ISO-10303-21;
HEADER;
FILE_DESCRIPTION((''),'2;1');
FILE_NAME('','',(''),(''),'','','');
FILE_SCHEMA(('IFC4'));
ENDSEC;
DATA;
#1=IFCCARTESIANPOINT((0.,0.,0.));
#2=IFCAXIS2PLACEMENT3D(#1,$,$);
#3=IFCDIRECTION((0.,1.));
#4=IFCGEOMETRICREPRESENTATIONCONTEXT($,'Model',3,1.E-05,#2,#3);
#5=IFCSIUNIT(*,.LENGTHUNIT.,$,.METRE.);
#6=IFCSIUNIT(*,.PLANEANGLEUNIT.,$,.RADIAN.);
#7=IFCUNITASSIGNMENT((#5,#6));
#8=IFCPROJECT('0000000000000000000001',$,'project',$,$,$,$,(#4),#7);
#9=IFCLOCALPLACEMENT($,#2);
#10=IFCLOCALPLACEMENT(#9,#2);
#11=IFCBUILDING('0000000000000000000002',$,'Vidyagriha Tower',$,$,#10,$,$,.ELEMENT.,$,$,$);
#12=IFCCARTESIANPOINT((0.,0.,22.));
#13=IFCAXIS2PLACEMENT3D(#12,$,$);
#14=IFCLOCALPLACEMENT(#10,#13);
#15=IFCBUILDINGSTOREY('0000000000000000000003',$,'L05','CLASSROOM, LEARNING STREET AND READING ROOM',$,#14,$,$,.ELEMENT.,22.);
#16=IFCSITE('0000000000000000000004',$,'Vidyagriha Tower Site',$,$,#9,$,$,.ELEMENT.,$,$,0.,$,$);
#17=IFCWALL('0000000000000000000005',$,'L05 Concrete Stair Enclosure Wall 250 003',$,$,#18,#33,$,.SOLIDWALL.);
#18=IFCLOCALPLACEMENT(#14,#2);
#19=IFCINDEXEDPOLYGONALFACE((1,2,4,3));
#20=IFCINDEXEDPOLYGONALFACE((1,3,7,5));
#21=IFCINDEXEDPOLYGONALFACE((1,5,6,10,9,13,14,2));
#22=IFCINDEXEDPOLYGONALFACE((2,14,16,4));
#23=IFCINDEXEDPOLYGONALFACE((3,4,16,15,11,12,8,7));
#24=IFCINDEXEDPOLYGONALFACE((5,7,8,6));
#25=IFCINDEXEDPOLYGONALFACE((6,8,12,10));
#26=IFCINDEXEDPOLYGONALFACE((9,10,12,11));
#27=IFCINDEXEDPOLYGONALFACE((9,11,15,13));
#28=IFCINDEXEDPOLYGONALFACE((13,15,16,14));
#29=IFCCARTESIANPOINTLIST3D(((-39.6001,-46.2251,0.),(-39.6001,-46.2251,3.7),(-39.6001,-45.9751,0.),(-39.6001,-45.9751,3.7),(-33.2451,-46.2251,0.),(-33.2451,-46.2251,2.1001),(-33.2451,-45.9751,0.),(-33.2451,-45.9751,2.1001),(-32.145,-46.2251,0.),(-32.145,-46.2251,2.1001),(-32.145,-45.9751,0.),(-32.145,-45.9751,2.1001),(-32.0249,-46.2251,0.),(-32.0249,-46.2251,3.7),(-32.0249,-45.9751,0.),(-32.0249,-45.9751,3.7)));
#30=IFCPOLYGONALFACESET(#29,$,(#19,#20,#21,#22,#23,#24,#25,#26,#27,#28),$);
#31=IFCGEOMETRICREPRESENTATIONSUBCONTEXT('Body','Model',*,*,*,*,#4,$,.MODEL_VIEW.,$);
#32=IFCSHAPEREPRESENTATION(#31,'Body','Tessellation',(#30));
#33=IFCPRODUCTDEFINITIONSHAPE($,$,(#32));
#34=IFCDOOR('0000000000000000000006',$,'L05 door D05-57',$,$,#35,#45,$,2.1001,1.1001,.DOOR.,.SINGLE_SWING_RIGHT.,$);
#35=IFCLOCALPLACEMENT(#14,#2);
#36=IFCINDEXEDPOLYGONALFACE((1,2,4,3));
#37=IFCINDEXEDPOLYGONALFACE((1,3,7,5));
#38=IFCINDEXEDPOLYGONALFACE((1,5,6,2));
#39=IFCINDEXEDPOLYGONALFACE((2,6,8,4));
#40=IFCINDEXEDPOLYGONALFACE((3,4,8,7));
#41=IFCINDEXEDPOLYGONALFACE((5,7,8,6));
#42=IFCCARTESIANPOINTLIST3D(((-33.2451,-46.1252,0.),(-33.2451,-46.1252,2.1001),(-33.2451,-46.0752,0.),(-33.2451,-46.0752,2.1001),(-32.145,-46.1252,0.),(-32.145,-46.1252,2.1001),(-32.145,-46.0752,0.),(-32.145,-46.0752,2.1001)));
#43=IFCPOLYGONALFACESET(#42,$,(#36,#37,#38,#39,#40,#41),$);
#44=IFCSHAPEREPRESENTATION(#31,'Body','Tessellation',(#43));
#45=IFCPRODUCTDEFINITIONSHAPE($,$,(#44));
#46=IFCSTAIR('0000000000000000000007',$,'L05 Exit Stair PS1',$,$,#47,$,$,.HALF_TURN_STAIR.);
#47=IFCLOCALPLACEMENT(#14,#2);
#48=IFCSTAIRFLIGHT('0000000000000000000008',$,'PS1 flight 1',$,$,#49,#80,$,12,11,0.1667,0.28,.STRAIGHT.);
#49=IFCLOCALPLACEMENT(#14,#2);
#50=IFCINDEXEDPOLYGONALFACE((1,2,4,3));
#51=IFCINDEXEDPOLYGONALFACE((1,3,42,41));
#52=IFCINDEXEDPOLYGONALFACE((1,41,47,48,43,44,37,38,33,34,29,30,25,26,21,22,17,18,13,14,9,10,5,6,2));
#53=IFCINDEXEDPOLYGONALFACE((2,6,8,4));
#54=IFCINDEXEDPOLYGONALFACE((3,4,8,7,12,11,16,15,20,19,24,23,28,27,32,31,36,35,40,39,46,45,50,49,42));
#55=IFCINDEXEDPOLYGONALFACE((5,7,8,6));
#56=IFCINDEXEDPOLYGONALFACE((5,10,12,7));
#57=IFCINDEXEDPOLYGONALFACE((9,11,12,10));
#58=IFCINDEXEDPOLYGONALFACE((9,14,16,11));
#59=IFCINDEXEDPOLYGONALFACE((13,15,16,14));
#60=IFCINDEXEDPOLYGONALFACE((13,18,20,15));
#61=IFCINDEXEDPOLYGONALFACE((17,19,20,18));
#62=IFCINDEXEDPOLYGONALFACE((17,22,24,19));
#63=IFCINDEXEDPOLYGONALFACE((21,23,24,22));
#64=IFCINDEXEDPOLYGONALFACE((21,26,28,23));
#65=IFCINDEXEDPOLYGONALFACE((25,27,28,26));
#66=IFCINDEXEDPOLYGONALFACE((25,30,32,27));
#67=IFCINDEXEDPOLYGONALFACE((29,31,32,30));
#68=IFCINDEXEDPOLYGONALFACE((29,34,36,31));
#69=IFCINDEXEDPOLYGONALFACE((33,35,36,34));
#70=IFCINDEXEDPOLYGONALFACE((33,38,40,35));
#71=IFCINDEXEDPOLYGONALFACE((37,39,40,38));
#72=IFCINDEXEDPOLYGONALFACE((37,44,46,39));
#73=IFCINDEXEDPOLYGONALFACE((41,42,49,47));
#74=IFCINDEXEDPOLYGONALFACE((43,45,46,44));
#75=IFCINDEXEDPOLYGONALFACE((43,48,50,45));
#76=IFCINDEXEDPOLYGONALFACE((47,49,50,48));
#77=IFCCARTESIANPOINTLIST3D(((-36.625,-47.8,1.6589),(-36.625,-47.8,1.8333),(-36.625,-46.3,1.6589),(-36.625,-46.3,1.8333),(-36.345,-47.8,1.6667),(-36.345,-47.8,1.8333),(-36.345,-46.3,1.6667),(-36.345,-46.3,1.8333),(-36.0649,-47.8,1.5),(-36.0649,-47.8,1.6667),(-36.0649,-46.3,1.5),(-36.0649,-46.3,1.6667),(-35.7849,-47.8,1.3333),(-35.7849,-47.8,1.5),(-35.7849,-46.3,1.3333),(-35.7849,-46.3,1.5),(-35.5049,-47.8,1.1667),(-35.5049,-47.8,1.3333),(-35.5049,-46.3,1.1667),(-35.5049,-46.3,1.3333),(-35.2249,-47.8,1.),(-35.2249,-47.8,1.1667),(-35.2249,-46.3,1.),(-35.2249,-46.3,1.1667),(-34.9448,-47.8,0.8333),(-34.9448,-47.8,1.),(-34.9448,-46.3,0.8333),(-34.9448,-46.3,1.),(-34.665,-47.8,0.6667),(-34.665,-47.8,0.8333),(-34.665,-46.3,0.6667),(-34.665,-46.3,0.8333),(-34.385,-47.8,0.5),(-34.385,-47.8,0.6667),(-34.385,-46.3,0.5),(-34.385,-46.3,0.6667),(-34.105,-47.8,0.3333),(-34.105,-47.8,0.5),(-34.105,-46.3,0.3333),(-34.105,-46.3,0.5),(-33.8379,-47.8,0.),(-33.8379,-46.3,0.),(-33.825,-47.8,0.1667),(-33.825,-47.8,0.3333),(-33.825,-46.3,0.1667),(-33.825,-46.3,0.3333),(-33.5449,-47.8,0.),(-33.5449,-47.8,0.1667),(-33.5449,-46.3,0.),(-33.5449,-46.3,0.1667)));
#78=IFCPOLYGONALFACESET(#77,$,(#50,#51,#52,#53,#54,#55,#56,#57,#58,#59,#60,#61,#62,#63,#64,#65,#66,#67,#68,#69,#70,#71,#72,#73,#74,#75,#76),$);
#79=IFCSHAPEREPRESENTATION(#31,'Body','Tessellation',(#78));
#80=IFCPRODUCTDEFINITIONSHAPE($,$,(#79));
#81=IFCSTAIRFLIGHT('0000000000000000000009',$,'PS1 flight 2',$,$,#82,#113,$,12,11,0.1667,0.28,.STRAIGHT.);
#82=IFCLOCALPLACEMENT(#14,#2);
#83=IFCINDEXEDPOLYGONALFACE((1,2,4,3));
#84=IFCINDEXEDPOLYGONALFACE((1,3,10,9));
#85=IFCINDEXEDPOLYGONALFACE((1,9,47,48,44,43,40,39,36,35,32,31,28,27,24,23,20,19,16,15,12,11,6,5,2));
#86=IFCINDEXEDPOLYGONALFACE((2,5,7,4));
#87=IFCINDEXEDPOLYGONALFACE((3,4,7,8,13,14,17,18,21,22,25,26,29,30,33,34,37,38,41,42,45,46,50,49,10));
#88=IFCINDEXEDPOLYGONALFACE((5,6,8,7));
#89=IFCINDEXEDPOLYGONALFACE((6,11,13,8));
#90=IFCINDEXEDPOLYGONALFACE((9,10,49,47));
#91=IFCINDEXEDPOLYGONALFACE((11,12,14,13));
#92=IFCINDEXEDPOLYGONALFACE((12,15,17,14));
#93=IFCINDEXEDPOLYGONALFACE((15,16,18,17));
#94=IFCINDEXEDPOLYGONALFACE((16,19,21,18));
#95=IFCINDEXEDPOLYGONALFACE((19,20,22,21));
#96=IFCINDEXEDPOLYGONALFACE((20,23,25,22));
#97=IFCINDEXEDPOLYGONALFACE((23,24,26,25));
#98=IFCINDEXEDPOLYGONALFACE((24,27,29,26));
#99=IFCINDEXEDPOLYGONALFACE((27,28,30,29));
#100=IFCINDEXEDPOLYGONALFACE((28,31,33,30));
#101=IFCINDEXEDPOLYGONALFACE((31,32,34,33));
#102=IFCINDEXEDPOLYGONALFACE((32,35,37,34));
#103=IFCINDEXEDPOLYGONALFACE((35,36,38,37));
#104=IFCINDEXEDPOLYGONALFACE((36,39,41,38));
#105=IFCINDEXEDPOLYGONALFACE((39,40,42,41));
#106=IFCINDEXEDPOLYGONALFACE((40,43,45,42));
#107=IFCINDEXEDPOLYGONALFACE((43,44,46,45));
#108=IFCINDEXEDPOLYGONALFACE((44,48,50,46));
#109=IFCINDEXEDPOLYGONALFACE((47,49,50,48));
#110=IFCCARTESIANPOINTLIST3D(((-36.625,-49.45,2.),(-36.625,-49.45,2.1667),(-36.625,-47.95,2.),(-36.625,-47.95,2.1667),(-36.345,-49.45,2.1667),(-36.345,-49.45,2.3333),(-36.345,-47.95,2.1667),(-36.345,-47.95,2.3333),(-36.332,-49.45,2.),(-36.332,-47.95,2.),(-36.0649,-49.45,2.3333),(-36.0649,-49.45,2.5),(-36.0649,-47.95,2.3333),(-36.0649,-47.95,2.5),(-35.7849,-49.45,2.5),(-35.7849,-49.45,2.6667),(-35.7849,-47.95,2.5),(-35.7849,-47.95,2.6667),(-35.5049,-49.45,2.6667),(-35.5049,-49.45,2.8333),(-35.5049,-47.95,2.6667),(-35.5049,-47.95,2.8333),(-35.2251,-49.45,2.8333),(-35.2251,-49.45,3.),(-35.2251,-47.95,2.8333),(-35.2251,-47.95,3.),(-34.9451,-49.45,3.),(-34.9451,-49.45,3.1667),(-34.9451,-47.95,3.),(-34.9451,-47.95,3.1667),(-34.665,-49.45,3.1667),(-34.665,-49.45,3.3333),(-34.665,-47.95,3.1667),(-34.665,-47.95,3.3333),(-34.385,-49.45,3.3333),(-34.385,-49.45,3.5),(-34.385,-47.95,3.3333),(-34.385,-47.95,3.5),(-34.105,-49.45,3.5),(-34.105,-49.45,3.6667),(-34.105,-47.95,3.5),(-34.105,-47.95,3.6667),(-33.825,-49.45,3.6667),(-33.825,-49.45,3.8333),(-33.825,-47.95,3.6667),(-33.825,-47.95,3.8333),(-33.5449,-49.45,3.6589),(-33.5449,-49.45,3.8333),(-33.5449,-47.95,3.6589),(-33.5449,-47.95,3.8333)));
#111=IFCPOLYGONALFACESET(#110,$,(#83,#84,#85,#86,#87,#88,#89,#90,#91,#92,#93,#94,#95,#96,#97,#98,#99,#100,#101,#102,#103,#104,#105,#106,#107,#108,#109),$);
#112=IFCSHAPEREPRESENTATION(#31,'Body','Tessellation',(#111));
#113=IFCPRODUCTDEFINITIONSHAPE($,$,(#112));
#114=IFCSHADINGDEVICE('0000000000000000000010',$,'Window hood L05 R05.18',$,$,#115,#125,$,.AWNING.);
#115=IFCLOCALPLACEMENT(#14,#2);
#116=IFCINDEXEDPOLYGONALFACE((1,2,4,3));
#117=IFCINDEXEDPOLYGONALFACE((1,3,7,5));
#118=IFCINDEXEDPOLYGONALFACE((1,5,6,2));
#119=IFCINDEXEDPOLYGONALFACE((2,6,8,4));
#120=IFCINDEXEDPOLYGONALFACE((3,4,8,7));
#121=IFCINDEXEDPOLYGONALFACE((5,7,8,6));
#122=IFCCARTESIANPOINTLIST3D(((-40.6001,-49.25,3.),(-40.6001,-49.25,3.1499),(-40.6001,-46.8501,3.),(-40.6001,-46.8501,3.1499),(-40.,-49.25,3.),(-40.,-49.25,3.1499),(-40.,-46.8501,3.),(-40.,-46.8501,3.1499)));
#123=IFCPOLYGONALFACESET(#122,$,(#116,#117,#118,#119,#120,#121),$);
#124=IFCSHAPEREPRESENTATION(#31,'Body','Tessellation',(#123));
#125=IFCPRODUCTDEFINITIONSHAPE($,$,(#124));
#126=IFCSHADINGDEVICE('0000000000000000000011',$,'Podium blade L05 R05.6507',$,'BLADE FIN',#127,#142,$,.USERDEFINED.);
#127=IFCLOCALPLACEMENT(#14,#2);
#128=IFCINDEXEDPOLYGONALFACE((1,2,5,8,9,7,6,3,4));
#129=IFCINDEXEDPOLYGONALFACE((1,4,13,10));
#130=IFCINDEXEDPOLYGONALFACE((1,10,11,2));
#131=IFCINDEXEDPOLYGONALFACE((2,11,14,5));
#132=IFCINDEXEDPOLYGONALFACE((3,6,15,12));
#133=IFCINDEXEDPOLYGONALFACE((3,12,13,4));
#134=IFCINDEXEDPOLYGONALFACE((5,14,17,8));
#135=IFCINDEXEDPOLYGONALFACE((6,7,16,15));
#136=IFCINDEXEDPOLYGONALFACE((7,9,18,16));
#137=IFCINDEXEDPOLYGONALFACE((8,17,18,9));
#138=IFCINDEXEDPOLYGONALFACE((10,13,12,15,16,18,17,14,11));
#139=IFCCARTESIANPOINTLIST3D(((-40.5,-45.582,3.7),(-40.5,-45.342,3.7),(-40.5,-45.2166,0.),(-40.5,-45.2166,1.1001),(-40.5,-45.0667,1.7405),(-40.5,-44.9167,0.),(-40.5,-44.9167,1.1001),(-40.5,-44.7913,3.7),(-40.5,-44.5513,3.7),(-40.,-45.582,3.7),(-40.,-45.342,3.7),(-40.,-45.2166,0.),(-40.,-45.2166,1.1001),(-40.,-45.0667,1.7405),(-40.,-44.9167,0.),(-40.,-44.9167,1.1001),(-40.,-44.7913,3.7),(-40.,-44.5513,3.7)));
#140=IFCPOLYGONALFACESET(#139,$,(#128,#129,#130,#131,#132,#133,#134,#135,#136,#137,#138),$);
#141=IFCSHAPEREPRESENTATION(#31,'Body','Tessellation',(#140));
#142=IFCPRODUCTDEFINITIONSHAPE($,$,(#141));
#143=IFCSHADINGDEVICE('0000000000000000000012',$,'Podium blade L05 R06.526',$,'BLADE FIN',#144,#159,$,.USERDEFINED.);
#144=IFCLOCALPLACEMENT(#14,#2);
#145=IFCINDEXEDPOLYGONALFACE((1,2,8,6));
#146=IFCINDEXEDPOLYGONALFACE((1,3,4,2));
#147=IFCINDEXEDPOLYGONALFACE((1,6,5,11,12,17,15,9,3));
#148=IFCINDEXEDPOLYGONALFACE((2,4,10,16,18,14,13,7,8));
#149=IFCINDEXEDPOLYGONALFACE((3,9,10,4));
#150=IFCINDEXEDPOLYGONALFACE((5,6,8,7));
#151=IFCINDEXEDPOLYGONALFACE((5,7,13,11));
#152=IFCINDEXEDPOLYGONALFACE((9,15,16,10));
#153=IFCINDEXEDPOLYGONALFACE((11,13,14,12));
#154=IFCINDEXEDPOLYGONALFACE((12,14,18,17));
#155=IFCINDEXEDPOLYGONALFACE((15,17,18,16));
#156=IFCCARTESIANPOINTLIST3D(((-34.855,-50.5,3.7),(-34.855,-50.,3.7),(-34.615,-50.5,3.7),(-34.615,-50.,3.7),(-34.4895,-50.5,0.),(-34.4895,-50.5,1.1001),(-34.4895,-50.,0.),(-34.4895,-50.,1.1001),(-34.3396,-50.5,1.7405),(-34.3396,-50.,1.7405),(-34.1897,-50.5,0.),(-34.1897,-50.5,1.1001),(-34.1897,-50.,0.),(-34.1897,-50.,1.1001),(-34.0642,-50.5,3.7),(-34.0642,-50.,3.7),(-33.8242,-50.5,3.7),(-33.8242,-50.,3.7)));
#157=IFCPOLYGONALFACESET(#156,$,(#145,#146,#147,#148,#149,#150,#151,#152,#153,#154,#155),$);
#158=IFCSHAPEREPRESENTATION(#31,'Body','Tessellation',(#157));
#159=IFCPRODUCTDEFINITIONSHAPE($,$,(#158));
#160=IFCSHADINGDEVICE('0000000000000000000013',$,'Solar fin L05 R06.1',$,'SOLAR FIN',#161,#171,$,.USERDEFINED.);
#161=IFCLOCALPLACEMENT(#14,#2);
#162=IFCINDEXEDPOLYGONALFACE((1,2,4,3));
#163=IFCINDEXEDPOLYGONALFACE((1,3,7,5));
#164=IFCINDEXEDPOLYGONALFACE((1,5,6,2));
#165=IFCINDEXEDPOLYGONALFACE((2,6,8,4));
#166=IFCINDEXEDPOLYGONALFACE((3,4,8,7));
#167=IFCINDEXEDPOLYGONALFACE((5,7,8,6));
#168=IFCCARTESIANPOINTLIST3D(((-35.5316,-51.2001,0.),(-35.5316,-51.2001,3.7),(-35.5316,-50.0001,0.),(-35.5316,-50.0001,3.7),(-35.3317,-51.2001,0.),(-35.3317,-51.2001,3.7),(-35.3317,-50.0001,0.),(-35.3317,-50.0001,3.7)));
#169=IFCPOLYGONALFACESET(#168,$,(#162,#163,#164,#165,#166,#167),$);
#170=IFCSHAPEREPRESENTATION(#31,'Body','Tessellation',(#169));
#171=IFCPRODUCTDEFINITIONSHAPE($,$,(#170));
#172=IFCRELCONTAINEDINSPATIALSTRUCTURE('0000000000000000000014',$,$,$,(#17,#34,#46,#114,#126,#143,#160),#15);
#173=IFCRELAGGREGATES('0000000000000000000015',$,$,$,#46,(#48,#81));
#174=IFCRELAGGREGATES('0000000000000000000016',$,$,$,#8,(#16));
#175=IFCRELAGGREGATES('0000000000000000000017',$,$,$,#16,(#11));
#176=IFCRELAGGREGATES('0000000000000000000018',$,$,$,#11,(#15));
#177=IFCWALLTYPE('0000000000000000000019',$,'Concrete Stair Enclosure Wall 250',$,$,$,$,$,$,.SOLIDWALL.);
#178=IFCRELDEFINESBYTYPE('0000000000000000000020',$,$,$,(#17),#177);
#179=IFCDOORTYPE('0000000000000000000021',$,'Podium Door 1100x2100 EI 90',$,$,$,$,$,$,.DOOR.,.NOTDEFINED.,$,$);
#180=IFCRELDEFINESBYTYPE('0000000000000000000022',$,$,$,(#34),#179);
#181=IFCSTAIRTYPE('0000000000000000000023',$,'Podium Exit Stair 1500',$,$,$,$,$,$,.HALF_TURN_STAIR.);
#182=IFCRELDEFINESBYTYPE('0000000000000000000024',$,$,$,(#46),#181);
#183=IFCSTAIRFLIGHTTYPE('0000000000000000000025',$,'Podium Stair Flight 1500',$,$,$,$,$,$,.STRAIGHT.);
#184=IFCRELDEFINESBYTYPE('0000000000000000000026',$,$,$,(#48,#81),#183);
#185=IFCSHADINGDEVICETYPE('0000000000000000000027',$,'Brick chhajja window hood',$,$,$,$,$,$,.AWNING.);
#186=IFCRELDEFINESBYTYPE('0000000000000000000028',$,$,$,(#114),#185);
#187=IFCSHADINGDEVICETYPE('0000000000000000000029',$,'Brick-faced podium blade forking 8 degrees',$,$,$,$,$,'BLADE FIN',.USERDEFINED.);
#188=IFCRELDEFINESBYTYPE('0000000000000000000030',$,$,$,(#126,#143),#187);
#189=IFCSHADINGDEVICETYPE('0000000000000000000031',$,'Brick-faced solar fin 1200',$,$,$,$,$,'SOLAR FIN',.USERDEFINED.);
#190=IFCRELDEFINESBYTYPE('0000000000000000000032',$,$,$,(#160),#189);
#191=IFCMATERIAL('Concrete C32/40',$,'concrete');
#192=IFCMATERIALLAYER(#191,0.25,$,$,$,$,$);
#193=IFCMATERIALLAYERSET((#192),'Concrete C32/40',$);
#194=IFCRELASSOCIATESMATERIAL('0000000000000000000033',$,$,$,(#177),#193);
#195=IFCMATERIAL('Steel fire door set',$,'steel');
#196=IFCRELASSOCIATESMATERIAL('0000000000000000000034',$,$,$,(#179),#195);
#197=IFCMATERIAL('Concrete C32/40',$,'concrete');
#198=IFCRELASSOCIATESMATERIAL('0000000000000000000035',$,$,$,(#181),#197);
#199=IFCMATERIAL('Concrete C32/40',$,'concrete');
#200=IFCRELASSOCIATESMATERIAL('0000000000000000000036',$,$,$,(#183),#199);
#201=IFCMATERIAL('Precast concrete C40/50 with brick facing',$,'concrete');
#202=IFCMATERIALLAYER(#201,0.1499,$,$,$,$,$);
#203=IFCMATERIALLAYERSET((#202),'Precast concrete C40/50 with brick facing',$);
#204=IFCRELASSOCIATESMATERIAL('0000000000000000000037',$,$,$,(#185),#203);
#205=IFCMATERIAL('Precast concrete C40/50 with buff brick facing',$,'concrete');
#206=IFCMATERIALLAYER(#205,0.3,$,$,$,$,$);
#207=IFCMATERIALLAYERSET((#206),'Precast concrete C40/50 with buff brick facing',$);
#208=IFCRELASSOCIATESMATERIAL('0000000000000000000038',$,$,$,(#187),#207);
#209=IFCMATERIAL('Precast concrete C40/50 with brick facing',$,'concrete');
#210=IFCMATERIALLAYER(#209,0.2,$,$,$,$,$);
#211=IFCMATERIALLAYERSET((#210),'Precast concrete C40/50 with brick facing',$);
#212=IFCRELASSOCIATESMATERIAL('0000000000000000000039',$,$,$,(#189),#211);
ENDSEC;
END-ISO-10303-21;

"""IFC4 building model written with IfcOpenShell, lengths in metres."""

from ifc_helpers import new_model, si_unit, direction, frame, frame_2d, origin, origin_2d, place, context, subcontext, project, spatial, polyline, rectangle, outline, extrude, material, layer, layer_set, type_object, element, fill, aggregate, save


model = new_model("IFC4")

# Units and contexts
model_context = context("Model", 3, precision=1e-05, world=origin(), true_north=direction((0.0, 1.0)))
body_context = subcontext(model_context, "Body", "Model", "MODEL_VIEW")
ifc_project = project(units=[si_unit("LENGTHUNIT", "METRE"), si_unit("PLANEANGLEUNIT", "RADIAN")], contexts=[model_context])

# Site, building, storey
site_placement = place(None, origin())
site = spatial("IfcSite", under=ifc_project, at=site_placement, Name="Vidyagriha Tower Site", CompositionType="ELEMENT", RefElevation=0.0)
building_placement = place(site_placement, origin())
building = spatial("IfcBuilding", under=site, at=building_placement, Name="Vidyagriha Tower", CompositionType="ELEMENT")
storey_placement = place(building_placement, frame((0.0, 0.0, 22.0)))
storey = spatial("IfcBuildingStorey", under=building, at=storey_placement, Name="L05", Description="CLASSROOM, LEARNING STREET AND READING ROOM", CompositionType="ELEMENT", Elevation=22.0)

# Wall, opening, door
ifc_material_1 = material(Name="Concrete C32/40", Category="concrete")
ifc_layer_1 = layer(ifc_material_1, 0.25)
ifc_layer_set_1 = layer_set([ifc_layer_1], Name="Concrete C32/40")
wall_type_1 = type_object("IfcWallType", Name="Concrete Stair Enclosure Wall 250", PredefinedType="SOLIDWALL", material=ifc_layer_set_1)
wall_1_placement = place(storey_placement, frame((-39.6001, -46.1001, 0.0)))
wall_1 = element("IfcWall", 1, at=wall_1_placement, inside=storey, type_object=wall_type_1, Name="L05 Concrete Stair Enclosure Wall 250 003", PredefinedType="SOLIDWALL", context=body_context, shape_type="SweptSolid", body=[
    extrude(rectangle(XDim=7.5752, YDim=0.25, at=frame_2d((3.7876, 0.0))), origin(), (0.0, 0.0, 1.0), 3.7),
])
opening_1_placement = place(wall_1_placement, frame((6.355, 0.0, 0.0)))
opening_1 = element("IfcOpeningElement", 2, at=opening_1_placement, cuts=wall_1, PredefinedType="OPENING", context=body_context, shape_type="SweptSolid", body=[
    extrude(rectangle(XDim=1.1001, YDim=2.1001, at=frame_2d((0.55, 1.05))), frame((0.0, 0.135, 0.0), z_axis=(0.0, -1.0, 0.0), x_axis=(1.0, 0.0, 0.0)), (0.0, 0.0, 1.0), 0.27),
])
ifc_material_2 = material(Name="Steel fire door set", Category="steel")
door_type = type_object("IfcDoorType", Name="Podium Door 1100x2100 EI 90", OperationType="NOTDEFINED", PredefinedType="DOOR", material=ifc_material_2)
door_placement = place(opening_1_placement, origin())
door = element("IfcDoor", 3, at=door_placement, inside=storey, type_object=door_type, Name="L05 door D05-57", OperationType="SINGLE_SWING_RIGHT", OverallHeight=2.1001, OverallWidth=1.1001, PredefinedType="DOOR", context=body_context, shape_type="SweptSolid", body=[
    extrude(rectangle(XDim=1.1001, YDim=2.1001, at=frame_2d((0.55, 1.05))), frame((0.0, 0.0249, 0.0), z_axis=(0.0, -1.0, 0.0), x_axis=(1.0, 0.0, 0.0)), (0.0, 0.0, 1.0), 0.05),
])
fill(opening_1, door)

# Stair, stair flights
ifc_material_3 = material(Name="Concrete C32/40", Category="concrete")
stair_type = type_object("IfcStairType", Name="Podium Exit Stair 1500", PredefinedType="HALF_TURN_STAIR", material=ifc_material_3)
stair_placement = place(storey_placement, origin())
stair = element("IfcStair", 4, at=stair_placement, inside=storey, type_object=stair_type, Name="L05 Exit Stair PS1", PredefinedType="HALF_TURN_STAIR")
ifc_material_4 = material(Name="Concrete C32/40", Category="concrete")
stair_flight_type = type_object("IfcStairFlightType", Name="Podium Stair Flight 1500", PredefinedType="STRAIGHT", material=ifc_material_4)
stair_flight_1_placement = place(storey_placement, frame((-33.5449, -47.05, 0.0), z_axis=(0.0, 0.0, 1.0), x_axis=(-1.0, 0.0, 0.0)))
stair_flight_1 = element("IfcStairFlight", 5, at=stair_flight_1_placement, type_object=stair_flight_type, Name="PS1 flight 1", NumberOfRisers=12, NumberOfTreads=11, PredefinedType="STRAIGHT", RiserHeight=0.1667, TreadLength=0.28, context=body_context, shape_type="SweptSolid", body=[
    extrude(outline(polyline([(0.0, 0.0), (0.0, 0.1667), (0.28, 0.1667), (0.28, 0.3333), (0.5601, 0.3333), (0.5601, 0.5), (0.8401, 0.5), (0.8401, 0.6667), (1.1201, 0.6667), (1.1201, 0.8333), (1.3999, 0.8333), (1.3999, 1.0), (1.6799, 1.0), (1.6799, 1.1667), (1.96, 1.1667), (1.96, 1.3333), (2.24, 1.3333), (2.24, 1.5), (2.52, 1.5), (2.52, 1.6667), (2.8, 1.6667), (2.8, 1.8333), (3.0801, 1.8333), (3.0801, 2.0), (3.0801, 1.6589), (0.293, 0.0), (0.0, 0.0)])), frame((0.0, 0.75, 0.0), z_axis=(0.0, -1.0, 0.0), x_axis=(1.0, 0.0, 0.0)), (0.0, 0.0, 1.0), 1.5),
])
stair_flight_2_placement = place(storey_placement, frame((-36.625, -48.7, 2.0)))
stair_flight_2 = element("IfcStairFlight", 6, at=stair_flight_2_placement, type_object=stair_flight_type, Name="PS1 flight 2", NumberOfRisers=12, NumberOfTreads=11, PredefinedType="STRAIGHT", RiserHeight=0.1667, TreadLength=0.28, context=body_context, shape_type="SweptSolid", body=[
    extrude(outline(polyline([(0.0, 0.0), (0.0, 0.1667), (0.28, 0.1667), (0.28, 0.3333), (0.5601, 0.3333), (0.5601, 0.5), (0.8401, 0.5), (0.8401, 0.6667), (1.1201, 0.6667), (1.1201, 0.8333), (1.3999, 0.8333), (1.3999, 1.0), (1.6799, 1.0), (1.6799, 1.1667), (1.96, 1.1667), (1.96, 1.3333), (2.24, 1.3333), (2.24, 1.5), (2.52, 1.5), (2.52, 1.6667), (2.8, 1.6667), (2.8, 1.8333), (3.0801, 1.8333), (3.0801, 2.0), (3.0801, 1.6589), (0.293, 0.0), (0.0, 0.0)])), frame((0.0, 0.75, 0.0), z_axis=(0.0, -1.0, 0.0), x_axis=(1.0, 0.0, 0.0)), (0.0, 0.0, 1.0), 1.5),
])
aggregate(stair, [stair_flight_1, stair_flight_2])

# Shading devices
ifc_material_5 = material(Name="Precast concrete C40/50 with brick facing", Category="concrete")
ifc_layer_2 = layer(ifc_material_5, 0.1499)
ifc_layer_set_2 = layer_set([ifc_layer_2], Name="Precast concrete C40/50 with brick facing")
shading_device_type_1 = type_object("IfcShadingDeviceType", Name="Brick chhajja window hood", PredefinedType="AWNING", material=ifc_layer_set_2)
shading_device_1_placement = place(storey_placement, frame((-40.3, -48.05, 3.0), z_axis=(0.0, 0.0, 1.0), x_axis=(0.0, -1.0, 0.0)))
element("IfcShadingDevice", 7, at=shading_device_1_placement, inside=storey, type_object=shading_device_type_1, Name="Window hood L05 R05.18", PredefinedType="AWNING", context=body_context, shape_type="SweptSolid", body=[
    extrude(rectangle(XDim=2.3999, YDim=0.6001, at=origin_2d()), origin(), (0.0, 0.0, 1.0), 0.1499),
])
ifc_material_6 = material(Name="Precast concrete C40/50 with buff brick facing", Category="concrete")
ifc_layer_3 = layer(ifc_material_6, 0.3)
ifc_layer_set_3 = layer_set([ifc_layer_3], Name="Precast concrete C40/50 with buff brick facing")
shading_device_type_2 = type_object("IfcShadingDeviceType", Name="Brick-faced podium blade forking 8 degrees", ElementType="BLADE FIN", PredefinedType="USERDEFINED", material=ifc_layer_set_3)
shading_device_2_placement = place(storey_placement, frame((-40.25, -44.5513, 0.0), z_axis=(0.0, 0.0, 1.0), x_axis=(0.0, -1.0, 0.0)))
element("IfcShadingDevice", 8, at=shading_device_2_placement, inside=storey, type_object=shading_device_type_2, Name="Podium blade L05 R05.6507", ObjectType="BLADE FIN", PredefinedType="USERDEFINED", context=body_context, shape_type="SweptSolid", body=[
    extrude(outline(polyline([(0.6653, 0.0), (0.6653, 1.1001), (1.0308, 3.7), (0.7908, 3.7), (0.5154, 1.7405), (0.24, 3.7), (0.0, 3.7), (0.3655, 1.1001), (0.3655, 0.0), (0.6653, 0.0)])), frame((0.0, 0.25, 0.0), z_axis=(0.0, -1.0, 0.0), x_axis=(1.0, 0.0, 0.0)), (0.0, 0.0, 1.0), 0.5),
])
shading_device_3_placement = place(storey_placement, frame((-34.855, -50.25, 0.0)))
element("IfcShadingDevice", 9, at=shading_device_3_placement, inside=storey, type_object=shading_device_type_2, Name="Podium blade L05 R06.526", ObjectType="BLADE FIN", PredefinedType="USERDEFINED", context=body_context, shape_type="SweptSolid", body=[
    extrude(outline(polyline([(0.6653, 0.0), (0.6653, 1.1001), (1.0308, 3.7), (0.7908, 3.7), (0.5154, 1.7405), (0.24, 3.7), (0.0, 3.7), (0.3655, 1.1001), (0.3655, 0.0), (0.6653, 0.0)])), frame((0.0, 0.25, 0.0), z_axis=(0.0, -1.0, 0.0), x_axis=(1.0, 0.0, 0.0)), (0.0, 0.0, 1.0), 0.5),
])
ifc_material_7 = material(Name="Precast concrete C40/50 with brick facing", Category="concrete")
ifc_layer_4 = layer(ifc_material_7, 0.2)
ifc_layer_set_4 = layer_set([ifc_layer_4], Name="Precast concrete C40/50 with brick facing")
shading_device_type_3 = type_object("IfcShadingDeviceType", Name="Brick-faced solar fin 1200", ElementType="SOLAR FIN", PredefinedType="USERDEFINED", material=ifc_layer_set_4)
shading_device_4_placement = place(storey_placement, frame((-35.4316, -50.0, 0.0), z_axis=(0.0, 0.0, 1.0), x_axis=(0.0, -1.0, 0.0)))
element("IfcShadingDevice", 10, at=shading_device_4_placement, inside=storey, type_object=shading_device_type_3, Name="Solar fin L05 R06.1", ObjectType="SOLAR FIN", PredefinedType="USERDEFINED", context=body_context, shape_type="SweptSolid", body=[
    extrude(rectangle(XDim=1.2, YDim=0.2, at=frame_2d((0.6001, 0.0))), origin(), (0.0, 0.0, 1.0), 3.7),
])

save(model, "model.ifc")
